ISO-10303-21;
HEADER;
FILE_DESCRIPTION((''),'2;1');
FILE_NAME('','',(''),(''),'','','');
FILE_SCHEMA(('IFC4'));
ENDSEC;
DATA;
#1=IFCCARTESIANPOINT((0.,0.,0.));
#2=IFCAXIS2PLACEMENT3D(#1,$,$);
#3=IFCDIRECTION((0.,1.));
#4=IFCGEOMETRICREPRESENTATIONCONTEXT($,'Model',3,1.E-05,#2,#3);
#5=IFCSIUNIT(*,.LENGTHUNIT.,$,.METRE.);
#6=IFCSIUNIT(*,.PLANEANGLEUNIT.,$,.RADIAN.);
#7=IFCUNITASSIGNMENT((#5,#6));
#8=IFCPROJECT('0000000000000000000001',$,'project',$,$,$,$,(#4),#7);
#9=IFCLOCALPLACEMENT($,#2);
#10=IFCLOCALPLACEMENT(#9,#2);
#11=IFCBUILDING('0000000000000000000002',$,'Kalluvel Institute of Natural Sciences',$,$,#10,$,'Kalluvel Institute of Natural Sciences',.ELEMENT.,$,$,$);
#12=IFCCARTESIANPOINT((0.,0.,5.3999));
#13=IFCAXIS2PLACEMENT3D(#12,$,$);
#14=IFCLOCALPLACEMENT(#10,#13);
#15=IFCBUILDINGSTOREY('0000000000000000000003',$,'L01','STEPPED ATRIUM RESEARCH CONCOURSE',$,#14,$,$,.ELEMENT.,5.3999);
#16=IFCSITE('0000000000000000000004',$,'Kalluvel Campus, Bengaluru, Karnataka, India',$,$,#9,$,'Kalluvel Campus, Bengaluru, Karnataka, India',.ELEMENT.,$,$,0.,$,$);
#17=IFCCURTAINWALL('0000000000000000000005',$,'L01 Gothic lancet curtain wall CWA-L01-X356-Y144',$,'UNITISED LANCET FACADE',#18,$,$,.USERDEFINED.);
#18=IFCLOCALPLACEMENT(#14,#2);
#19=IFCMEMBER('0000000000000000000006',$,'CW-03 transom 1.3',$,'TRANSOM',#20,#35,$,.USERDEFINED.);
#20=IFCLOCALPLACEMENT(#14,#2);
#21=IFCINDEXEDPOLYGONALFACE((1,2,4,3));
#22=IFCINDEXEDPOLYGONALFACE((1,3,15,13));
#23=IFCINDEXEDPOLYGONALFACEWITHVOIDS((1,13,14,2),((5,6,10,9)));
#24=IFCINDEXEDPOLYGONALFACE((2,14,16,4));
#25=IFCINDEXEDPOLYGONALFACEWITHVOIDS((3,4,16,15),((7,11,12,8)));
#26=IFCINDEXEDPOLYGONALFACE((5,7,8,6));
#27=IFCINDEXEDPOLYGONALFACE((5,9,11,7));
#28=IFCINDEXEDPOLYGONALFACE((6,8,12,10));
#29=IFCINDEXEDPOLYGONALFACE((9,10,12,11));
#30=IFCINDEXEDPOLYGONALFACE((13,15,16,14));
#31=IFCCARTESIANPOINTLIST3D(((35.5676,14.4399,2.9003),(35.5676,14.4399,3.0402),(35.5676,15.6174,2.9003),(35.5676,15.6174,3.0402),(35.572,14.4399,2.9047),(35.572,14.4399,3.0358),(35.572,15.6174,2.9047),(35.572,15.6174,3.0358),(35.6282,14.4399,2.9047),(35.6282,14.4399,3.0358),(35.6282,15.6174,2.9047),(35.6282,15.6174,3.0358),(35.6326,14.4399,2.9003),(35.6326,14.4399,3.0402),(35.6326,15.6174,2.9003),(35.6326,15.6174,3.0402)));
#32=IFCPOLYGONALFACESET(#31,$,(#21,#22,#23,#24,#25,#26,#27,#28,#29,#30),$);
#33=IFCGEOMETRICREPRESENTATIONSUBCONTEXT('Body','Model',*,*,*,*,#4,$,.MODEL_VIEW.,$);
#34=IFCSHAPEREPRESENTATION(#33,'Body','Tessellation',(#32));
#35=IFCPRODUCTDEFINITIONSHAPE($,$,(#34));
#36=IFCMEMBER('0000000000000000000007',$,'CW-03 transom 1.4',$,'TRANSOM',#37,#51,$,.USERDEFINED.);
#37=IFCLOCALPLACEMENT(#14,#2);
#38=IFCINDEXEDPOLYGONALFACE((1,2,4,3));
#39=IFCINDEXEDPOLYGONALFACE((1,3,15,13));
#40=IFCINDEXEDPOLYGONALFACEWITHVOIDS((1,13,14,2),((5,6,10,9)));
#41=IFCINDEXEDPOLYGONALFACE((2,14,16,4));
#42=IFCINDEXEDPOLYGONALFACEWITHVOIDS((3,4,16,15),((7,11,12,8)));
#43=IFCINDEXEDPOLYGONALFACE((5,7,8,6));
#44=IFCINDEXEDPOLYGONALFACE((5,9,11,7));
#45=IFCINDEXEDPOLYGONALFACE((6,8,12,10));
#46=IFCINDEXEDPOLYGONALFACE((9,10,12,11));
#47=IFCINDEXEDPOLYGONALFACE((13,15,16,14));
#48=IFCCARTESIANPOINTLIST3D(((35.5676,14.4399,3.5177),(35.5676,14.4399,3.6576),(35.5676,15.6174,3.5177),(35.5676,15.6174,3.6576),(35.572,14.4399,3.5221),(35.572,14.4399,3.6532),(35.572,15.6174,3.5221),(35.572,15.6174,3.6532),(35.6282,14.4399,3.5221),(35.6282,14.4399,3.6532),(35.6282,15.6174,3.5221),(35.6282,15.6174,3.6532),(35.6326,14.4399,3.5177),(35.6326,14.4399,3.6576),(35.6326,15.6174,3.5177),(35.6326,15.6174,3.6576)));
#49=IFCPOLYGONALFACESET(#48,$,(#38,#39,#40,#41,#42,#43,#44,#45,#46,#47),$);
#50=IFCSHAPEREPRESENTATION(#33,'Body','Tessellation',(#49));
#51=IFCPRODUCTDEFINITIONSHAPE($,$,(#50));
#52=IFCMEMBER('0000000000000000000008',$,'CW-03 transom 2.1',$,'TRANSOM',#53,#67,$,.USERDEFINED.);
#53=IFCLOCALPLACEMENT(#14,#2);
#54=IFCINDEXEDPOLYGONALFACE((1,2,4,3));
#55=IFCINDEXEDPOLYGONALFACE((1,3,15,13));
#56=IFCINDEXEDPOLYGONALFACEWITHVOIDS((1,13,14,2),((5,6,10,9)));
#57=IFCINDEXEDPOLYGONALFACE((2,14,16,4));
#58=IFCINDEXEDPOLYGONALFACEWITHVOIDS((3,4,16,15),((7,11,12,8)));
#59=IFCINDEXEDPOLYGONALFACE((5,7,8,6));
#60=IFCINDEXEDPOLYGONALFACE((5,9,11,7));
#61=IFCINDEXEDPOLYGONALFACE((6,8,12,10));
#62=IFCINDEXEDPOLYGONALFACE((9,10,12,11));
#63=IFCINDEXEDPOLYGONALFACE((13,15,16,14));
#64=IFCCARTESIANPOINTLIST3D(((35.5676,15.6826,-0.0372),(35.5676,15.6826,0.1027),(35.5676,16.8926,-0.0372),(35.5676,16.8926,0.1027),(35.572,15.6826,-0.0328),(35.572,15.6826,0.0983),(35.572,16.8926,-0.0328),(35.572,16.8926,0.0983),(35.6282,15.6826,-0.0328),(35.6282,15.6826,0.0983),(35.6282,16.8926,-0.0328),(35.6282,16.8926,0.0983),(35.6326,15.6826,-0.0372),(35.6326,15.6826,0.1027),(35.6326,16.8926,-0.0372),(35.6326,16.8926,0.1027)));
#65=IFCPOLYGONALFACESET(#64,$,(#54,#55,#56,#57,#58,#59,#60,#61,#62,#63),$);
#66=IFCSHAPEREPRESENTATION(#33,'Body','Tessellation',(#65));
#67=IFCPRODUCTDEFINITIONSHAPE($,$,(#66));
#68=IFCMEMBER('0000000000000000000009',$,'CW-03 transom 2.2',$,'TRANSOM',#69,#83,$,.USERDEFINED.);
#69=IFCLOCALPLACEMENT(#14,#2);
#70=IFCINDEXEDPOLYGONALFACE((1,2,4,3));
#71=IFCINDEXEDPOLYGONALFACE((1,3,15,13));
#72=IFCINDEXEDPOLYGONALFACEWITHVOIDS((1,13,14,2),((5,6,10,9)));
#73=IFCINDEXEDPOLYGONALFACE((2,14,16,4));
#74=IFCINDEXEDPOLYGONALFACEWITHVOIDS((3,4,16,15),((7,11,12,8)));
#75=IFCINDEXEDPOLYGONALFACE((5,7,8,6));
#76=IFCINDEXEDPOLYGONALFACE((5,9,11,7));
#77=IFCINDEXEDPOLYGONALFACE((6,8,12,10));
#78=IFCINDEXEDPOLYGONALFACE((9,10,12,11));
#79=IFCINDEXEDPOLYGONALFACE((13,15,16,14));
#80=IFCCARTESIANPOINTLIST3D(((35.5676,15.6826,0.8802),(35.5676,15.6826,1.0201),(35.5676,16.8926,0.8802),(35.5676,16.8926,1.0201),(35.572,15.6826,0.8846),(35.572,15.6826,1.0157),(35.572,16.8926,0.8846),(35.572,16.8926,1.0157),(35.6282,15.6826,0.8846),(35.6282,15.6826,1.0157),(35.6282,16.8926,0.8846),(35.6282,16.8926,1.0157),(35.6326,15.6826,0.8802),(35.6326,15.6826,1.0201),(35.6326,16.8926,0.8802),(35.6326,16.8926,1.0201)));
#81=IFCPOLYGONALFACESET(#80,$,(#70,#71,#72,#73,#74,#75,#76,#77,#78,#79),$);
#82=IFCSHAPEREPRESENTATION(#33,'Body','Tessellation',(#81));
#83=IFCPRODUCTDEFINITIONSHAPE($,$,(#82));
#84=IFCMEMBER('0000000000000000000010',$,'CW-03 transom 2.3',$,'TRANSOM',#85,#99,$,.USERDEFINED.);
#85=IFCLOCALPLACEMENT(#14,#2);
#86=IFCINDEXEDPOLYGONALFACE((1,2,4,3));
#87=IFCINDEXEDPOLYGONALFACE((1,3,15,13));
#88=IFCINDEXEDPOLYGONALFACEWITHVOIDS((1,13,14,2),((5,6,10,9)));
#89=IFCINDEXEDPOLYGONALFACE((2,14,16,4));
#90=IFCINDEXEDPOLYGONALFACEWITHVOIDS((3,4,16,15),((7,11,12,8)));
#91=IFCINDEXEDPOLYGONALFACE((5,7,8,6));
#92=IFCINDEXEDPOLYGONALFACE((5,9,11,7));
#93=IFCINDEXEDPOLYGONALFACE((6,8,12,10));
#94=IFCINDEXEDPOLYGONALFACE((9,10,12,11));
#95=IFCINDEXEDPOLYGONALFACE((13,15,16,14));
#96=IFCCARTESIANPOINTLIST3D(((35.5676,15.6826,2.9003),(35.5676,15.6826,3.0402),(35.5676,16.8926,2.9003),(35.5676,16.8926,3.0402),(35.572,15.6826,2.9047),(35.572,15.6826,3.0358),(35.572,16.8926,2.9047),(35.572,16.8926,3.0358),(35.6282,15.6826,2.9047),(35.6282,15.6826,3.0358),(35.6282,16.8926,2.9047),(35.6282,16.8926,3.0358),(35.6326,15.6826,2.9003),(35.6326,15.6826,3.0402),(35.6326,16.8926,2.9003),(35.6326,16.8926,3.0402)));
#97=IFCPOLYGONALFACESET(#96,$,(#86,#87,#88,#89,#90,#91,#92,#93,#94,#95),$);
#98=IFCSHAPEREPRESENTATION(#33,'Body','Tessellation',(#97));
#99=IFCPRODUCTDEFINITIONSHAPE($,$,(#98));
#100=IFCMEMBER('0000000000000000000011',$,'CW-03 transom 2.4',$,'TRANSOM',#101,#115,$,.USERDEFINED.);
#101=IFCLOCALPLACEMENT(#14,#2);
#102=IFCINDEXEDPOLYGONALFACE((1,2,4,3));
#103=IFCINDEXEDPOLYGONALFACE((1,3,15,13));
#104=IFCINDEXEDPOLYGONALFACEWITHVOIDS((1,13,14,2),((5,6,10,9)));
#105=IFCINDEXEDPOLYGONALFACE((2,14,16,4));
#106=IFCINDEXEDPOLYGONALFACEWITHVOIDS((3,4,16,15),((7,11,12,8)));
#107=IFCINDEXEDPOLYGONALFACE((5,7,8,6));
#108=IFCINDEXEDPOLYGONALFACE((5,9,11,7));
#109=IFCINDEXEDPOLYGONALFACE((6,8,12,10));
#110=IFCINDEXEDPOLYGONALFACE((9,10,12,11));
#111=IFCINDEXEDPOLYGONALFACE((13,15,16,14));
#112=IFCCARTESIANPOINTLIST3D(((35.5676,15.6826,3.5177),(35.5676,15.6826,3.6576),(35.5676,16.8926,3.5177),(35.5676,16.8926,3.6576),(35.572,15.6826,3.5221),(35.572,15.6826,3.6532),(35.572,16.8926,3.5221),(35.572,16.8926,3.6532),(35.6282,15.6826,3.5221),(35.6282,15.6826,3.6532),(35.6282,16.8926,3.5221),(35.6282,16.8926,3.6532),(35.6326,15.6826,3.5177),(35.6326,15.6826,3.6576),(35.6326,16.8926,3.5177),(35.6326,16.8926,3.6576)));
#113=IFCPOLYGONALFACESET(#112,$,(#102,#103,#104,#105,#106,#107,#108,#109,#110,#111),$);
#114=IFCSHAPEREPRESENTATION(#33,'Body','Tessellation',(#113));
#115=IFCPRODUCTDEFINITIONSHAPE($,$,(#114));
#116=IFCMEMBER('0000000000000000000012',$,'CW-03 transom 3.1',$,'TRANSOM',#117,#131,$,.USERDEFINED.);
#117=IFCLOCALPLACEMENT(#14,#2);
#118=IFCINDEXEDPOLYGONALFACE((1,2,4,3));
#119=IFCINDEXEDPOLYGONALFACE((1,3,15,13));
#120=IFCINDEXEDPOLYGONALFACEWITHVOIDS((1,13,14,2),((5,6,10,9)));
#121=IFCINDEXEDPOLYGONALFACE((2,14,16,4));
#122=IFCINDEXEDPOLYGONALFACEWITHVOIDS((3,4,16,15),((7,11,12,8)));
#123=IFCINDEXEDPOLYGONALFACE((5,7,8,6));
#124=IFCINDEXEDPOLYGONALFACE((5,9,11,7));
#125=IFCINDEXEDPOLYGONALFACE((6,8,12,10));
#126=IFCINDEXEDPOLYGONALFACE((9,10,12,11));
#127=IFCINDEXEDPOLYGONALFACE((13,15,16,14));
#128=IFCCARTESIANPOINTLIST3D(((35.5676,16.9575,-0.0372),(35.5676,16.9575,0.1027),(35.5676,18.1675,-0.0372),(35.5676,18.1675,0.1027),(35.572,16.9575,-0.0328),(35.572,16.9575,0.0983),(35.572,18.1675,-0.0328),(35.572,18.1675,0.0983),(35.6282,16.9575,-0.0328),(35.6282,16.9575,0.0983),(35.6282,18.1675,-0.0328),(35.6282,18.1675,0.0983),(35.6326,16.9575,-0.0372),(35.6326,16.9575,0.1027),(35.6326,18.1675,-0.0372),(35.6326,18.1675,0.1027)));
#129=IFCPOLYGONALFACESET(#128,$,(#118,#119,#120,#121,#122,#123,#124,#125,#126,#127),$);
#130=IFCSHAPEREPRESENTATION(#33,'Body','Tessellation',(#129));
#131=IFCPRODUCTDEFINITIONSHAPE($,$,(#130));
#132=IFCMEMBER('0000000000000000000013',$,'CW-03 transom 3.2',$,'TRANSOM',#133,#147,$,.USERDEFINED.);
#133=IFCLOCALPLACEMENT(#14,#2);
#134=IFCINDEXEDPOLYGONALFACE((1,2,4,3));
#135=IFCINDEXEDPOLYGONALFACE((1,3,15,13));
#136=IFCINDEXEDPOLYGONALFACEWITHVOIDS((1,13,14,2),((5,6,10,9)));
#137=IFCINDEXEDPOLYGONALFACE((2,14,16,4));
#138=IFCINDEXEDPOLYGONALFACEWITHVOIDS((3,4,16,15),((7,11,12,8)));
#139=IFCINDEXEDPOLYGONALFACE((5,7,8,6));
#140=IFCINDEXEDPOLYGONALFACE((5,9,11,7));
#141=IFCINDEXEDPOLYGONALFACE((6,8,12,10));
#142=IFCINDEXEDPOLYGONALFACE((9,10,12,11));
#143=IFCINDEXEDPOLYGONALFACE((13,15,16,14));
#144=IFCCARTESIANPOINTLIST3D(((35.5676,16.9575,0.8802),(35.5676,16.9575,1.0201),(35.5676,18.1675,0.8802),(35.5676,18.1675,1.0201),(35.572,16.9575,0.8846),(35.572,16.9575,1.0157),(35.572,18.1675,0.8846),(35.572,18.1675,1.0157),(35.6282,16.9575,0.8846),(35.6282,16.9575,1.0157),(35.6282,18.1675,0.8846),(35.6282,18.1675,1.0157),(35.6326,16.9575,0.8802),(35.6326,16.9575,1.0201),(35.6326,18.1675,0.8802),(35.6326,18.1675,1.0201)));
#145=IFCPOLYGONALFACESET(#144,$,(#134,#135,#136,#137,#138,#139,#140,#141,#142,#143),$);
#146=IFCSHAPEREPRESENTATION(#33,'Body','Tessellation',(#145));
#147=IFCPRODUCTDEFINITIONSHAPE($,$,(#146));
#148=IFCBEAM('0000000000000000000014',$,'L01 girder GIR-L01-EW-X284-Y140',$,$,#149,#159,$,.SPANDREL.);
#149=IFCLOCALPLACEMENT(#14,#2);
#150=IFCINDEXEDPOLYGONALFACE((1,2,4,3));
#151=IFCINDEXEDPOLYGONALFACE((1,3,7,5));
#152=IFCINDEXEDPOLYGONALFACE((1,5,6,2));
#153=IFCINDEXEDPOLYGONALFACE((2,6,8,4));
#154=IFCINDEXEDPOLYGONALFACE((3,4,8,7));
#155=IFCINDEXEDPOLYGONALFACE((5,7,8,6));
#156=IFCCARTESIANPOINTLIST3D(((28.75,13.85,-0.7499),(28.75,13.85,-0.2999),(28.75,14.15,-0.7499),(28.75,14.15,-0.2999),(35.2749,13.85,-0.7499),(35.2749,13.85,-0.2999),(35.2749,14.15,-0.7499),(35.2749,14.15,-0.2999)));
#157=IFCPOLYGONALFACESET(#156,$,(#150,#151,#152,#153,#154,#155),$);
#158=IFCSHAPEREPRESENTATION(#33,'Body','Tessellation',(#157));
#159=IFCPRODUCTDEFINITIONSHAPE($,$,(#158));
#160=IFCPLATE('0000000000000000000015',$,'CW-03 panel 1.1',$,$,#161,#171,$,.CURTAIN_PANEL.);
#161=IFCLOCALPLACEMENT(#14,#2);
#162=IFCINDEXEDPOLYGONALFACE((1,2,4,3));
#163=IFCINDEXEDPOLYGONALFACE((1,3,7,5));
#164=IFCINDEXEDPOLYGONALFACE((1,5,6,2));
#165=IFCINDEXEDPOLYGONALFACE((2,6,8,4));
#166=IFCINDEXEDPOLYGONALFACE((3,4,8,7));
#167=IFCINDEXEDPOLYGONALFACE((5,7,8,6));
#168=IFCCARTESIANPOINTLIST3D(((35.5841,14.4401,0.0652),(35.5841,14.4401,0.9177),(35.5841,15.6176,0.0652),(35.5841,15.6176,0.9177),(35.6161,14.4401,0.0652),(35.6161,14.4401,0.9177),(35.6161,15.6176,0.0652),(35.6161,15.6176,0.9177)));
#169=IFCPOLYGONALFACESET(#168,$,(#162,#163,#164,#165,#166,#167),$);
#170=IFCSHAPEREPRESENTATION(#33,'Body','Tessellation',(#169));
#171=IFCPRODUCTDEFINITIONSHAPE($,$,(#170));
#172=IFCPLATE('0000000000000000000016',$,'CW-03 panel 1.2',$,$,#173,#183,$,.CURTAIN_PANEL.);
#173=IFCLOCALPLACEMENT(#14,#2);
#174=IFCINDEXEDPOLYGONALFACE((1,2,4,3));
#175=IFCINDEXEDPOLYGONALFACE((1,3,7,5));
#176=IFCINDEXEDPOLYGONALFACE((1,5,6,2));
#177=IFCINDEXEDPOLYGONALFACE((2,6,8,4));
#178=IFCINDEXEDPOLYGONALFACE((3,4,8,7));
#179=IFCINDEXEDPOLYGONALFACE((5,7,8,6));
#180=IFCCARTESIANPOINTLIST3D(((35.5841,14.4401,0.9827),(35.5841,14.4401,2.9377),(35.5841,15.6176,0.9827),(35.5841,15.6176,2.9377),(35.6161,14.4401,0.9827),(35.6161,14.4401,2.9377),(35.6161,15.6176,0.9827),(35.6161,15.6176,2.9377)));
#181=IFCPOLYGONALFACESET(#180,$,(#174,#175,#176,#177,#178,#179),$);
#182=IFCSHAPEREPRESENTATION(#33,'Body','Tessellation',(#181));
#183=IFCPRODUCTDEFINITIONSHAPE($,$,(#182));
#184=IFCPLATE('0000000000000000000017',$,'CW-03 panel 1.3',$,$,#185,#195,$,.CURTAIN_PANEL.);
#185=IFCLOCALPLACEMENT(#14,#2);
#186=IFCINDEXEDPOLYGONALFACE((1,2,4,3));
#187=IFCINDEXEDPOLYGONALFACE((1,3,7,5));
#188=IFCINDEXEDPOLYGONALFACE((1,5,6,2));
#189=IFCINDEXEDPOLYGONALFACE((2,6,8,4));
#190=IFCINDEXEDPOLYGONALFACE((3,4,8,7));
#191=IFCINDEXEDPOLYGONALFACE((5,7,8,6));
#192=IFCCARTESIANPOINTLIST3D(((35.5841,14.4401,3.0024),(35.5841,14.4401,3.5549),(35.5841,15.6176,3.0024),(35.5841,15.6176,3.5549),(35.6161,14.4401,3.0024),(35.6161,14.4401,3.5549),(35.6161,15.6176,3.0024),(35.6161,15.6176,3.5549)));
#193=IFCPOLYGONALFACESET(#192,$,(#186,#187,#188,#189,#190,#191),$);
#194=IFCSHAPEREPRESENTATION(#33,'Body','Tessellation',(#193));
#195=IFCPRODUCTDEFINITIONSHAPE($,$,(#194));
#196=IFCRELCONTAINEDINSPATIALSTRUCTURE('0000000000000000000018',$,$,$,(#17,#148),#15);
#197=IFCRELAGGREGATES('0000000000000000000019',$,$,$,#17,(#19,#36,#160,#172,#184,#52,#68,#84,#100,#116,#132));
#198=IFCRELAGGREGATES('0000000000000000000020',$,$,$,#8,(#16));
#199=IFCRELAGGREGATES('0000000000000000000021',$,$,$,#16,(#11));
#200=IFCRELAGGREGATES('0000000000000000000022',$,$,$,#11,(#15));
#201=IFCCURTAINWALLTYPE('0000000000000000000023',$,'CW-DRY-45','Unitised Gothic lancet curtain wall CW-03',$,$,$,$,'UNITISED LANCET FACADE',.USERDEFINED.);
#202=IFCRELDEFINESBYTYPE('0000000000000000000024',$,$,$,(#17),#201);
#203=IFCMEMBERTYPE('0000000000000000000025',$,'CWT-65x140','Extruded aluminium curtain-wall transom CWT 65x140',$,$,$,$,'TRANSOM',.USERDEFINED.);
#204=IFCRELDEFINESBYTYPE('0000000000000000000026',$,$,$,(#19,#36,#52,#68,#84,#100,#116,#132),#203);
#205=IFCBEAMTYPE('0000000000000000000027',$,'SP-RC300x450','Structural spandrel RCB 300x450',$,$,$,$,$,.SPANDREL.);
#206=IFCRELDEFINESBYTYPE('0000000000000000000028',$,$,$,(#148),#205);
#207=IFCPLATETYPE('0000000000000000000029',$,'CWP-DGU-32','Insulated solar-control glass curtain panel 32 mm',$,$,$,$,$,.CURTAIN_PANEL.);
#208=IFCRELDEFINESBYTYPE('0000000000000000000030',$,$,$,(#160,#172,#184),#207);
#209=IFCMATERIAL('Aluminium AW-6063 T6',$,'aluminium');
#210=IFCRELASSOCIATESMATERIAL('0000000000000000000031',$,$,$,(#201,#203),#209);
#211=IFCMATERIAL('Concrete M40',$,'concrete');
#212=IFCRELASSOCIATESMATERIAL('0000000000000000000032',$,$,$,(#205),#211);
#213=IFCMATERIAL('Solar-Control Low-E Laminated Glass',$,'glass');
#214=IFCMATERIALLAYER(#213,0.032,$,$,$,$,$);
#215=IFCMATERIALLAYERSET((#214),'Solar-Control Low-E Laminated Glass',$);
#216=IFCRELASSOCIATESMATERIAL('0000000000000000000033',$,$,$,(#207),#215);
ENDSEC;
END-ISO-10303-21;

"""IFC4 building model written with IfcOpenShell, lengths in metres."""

from ifc_helpers import new_model, si_unit, direction, frame, origin, origin_2d, place, context, subcontext, project, spatial, rectangle, hollow_rectangle, extrude, material, layer, layer_set, material_profile, profile_set, type_object, element, aggregate, save


model = new_model("IFC4")

# Units and contexts
model_context = context("Model", 3, precision=1e-05, world=origin(), true_north=direction((0.0, 1.0)))
body_context = subcontext(model_context, "Body", "Model", "MODEL_VIEW")
ifc_project = project(units=[si_unit("LENGTHUNIT", "METRE"), si_unit("PLANEANGLEUNIT", "RADIAN")], contexts=[model_context])

# Site, building, storey
site_placement = place(None, origin())
site = spatial("IfcSite", under=ifc_project, at=site_placement, Name="Kalluvel Campus, Bengaluru, Karnataka, India", LongName="Kalluvel Campus, Bengaluru, Karnataka, India", CompositionType="ELEMENT", RefElevation=0.0)
building_placement = place(site_placement, origin())
building = spatial("IfcBuilding", under=site, at=building_placement, Name="Kalluvel Institute of Natural Sciences", LongName="Kalluvel Institute of Natural Sciences", CompositionType="ELEMENT")
storey_placement = place(building_placement, frame((0.0, 0.0, 5.3999)))
storey = spatial("IfcBuildingStorey", under=building, at=storey_placement, Name="L01", Description="STEPPED ATRIUM RESEARCH CONCOURSE", CompositionType="ELEMENT", Elevation=5.3999)

# Shared definitions
ifc_material_1 = material(Name="Concrete M40", Category="concrete")

# Curtain wall, members
ifc_material_2 = material(Name="Aluminium AW-6063 T6", Category="aluminium")
curtain_wall_type = type_object("IfcCurtainWallType", Name="CW-DRY-45", Description="Unitised Gothic lancet curtain wall CW-03", ElementType="UNITISED LANCET FACADE", PredefinedType="USERDEFINED", material=ifc_material_2)
curtain_wall_placement = place(storey_placement, origin())
curtain_wall = element("IfcCurtainWall", 1, at=curtain_wall_placement, inside=storey, type_object=curtain_wall_type, Name="L01 Gothic lancet curtain wall CWA-L01-X356-Y144", ObjectType="UNITISED LANCET FACADE", PredefinedType="USERDEFINED")
ifc_material_profile_1 = material_profile(ifc_material_2, hollow_rectangle(XDim=0.0649, YDim=0.1399, WallThickness=0.0044, at=origin_2d()), Name="CWT 65x140")
ifc_profile_set_1 = profile_set([ifc_material_profile_1], Name="Aluminium AW-6063 T6")
member_type_1 = type_object("IfcMemberType", Name="CWT-65x140", Description="Extruded aluminium curtain-wall transom CWT 65x140", ElementType="TRANSOM", PredefinedType="USERDEFINED", material=ifc_profile_set_1)
member_1_placement = place(storey_placement, frame((35.6001, 14.4399, 2.9702), z_axis=(0.0, 1.0, 0.0), x_axis=(-1.0, 0.0, 0.0)))
member_1 = element("IfcMember", 2, at=member_1_placement, type_object=member_type_1, Name="CW-03 transom 1.3", ObjectType="TRANSOM", PredefinedType="USERDEFINED", context=body_context, shape_type="SweptSolid", body=[
    extrude(hollow_rectangle(XDim=0.0649, YDim=0.1399, WallThickness=0.0044, at=origin_2d()), origin(), (0.0, 0.0, 1.0), 1.1775),
])
member_2_placement = place(storey_placement, frame((35.6001, 14.4399, 3.5876), z_axis=(0.0, 1.0, 0.0), x_axis=(-1.0, 0.0, 0.0)))
member_2 = element("IfcMember", 3, at=member_2_placement, type_object=member_type_1, Name="CW-03 transom 1.4", ObjectType="TRANSOM", PredefinedType="USERDEFINED", context=body_context, shape_type="SweptSolid", body=[
    extrude(hollow_rectangle(XDim=0.0649, YDim=0.1399, WallThickness=0.0044, at=origin_2d()), origin(), (0.0, 0.0, 1.0), 1.1775),
])
member_3_placement = place(storey_placement, frame((35.6001, 15.6826, 0.0327), z_axis=(0.0, 1.0, 0.0), x_axis=(-1.0, 0.0, 0.0)))
member_3 = element("IfcMember", 4, at=member_3_placement, type_object=member_type_1, Name="CW-03 transom 2.1", ObjectType="TRANSOM", PredefinedType="USERDEFINED", context=body_context, shape_type="SweptSolid", body=[
    extrude(hollow_rectangle(XDim=0.0649, YDim=0.1399, WallThickness=0.0044, at=origin_2d()), origin(), (0.0, 0.0, 1.0), 1.21),
])
member_4_placement = place(storey_placement, frame((35.6001, 15.6826, 0.9502), z_axis=(0.0, 1.0, 0.0), x_axis=(-1.0, 0.0, 0.0)))
member_4 = element("IfcMember", 5, at=member_4_placement, type_object=member_type_1, Name="CW-03 transom 2.2", ObjectType="TRANSOM", PredefinedType="USERDEFINED", context=body_context, shape_type="SweptSolid", body=[
    extrude(hollow_rectangle(XDim=0.0649, YDim=0.1399, WallThickness=0.0044, at=origin_2d()), origin(), (0.0, 0.0, 1.0), 1.21),
])
member_5_placement = place(storey_placement, frame((35.6001, 15.6826, 2.9702), z_axis=(0.0, 1.0, 0.0), x_axis=(-1.0, 0.0, 0.0)))
member_5 = element("IfcMember", 6, at=member_5_placement, type_object=member_type_1, Name="CW-03 transom 2.3", ObjectType="TRANSOM", PredefinedType="USERDEFINED", context=body_context, shape_type="SweptSolid", body=[
    extrude(hollow_rectangle(XDim=0.0649, YDim=0.1399, WallThickness=0.0044, at=origin_2d()), origin(), (0.0, 0.0, 1.0), 1.21),
])
member_6_placement = place(storey_placement, frame((35.6001, 15.6826, 3.5876), z_axis=(0.0, 1.0, 0.0), x_axis=(-1.0, 0.0, 0.0)))
member_6 = element("IfcMember", 7, at=member_6_placement, type_object=member_type_1, Name="CW-03 transom 2.4", ObjectType="TRANSOM", PredefinedType="USERDEFINED", context=body_context, shape_type="SweptSolid", body=[
    extrude(hollow_rectangle(XDim=0.0649, YDim=0.1399, WallThickness=0.0044, at=origin_2d()), origin(), (0.0, 0.0, 1.0), 1.21),
])
member_7_placement = place(storey_placement, frame((35.6001, 16.9575, 0.0327), z_axis=(0.0, 1.0, 0.0), x_axis=(-1.0, 0.0, 0.0)))
member_7 = element("IfcMember", 8, at=member_7_placement, type_object=member_type_1, Name="CW-03 transom 3.1", ObjectType="TRANSOM", PredefinedType="USERDEFINED", context=body_context, shape_type="SweptSolid", body=[
    extrude(hollow_rectangle(XDim=0.0649, YDim=0.1399, WallThickness=0.0044, at=origin_2d()), origin(), (0.0, 0.0, 1.0), 1.21),
])
member_8_placement = place(storey_placement, frame((35.6001, 16.9575, 0.9502), z_axis=(0.0, 1.0, 0.0), x_axis=(-1.0, 0.0, 0.0)))
member_8 = element("IfcMember", 9, at=member_8_placement, type_object=member_type_1, Name="CW-03 transom 3.2", ObjectType="TRANSOM", PredefinedType="USERDEFINED", context=body_context, shape_type="SweptSolid", body=[
    extrude(hollow_rectangle(XDim=0.0649, YDim=0.1399, WallThickness=0.0044, at=origin_2d()), origin(), (0.0, 0.0, 1.0), 1.21),
])

# Beam
ifc_material_profile_2 = material_profile(ifc_material_1, rectangle(XDim=0.3, YDim=0.45, at=origin_2d()), Name="RCB 300x450")
ifc_profile_set_2 = profile_set([ifc_material_profile_2], Name="Concrete M40")
beam_type_1 = type_object("IfcBeamType", Name="SP-RC300x450", Description="Structural spandrel RCB 300x450", PredefinedType="SPANDREL", material=ifc_profile_set_2)
beam_1_placement = place(storey_placement, frame((28.75, 14.0, -0.5249), z_axis=(1.0, 0.0, 0.0), x_axis=(0.0, 1.0, 0.0)))
element("IfcBeam", 10, at=beam_1_placement, inside=storey, type_object=beam_type_1, Name="L01 girder GIR-L01-EW-X284-Y140", PredefinedType="SPANDREL", context=body_context, shape_type="SweptSolid", body=[
    extrude(rectangle(XDim=0.3, YDim=0.45, at=origin_2d()), origin(), (0.0, 0.0, 1.0), 6.5249),
])

# Plates
ifc_material_3 = material(Name="Solar-Control Low-E Laminated Glass", Category="glass")
ifc_layer_1 = layer(ifc_material_3, 0.032)
ifc_layer_set_1 = layer_set([ifc_layer_1], Name="Solar-Control Low-E Laminated Glass")
plate_type = type_object("IfcPlateType", Name="CWP-DGU-32", Description="Insulated solar-control glass curtain panel 32 mm", PredefinedType="CURTAIN_PANEL", material=ifc_layer_set_1)
plate_1_placement = place(storey_placement, frame((35.6001, 15.0288, 0.0652), z_axis=(0.0, 0.0, 1.0), x_axis=(0.0, 1.0, 0.0)))
plate_1 = element("IfcPlate", 11, at=plate_1_placement, type_object=plate_type, Name="CW-03 panel 1.1", PredefinedType="CURTAIN_PANEL", context=body_context, shape_type="SweptSolid", body=[
    extrude(rectangle(XDim=1.1775, YDim=0.032, at=origin_2d()), origin(), (0.0, 0.0, 1.0), 0.8525),
])
plate_2_placement = place(storey_placement, frame((35.6001, 15.0288, 0.9827), z_axis=(0.0, 0.0, 1.0), x_axis=(0.0, 1.0, 0.0)))
plate_2 = element("IfcPlate", 12, at=plate_2_placement, type_object=plate_type, Name="CW-03 panel 1.2", PredefinedType="CURTAIN_PANEL", context=body_context, shape_type="SweptSolid", body=[
    extrude(rectangle(XDim=1.1775, YDim=0.032, at=origin_2d()), origin(), (0.0, 0.0, 1.0), 1.9551),
])
plate_3_placement = place(storey_placement, frame((35.6001, 15.0288, 3.0024), z_axis=(0.0, 0.0, 1.0), x_axis=(0.0, 1.0, 0.0)))
plate_3 = element("IfcPlate", 13, at=plate_3_placement, type_object=plate_type, Name="CW-03 panel 1.3", PredefinedType="CURTAIN_PANEL", context=body_context, shape_type="SweptSolid", body=[
    extrude(rectangle(XDim=1.1775, YDim=0.032, at=origin_2d()), origin(), (0.0, 0.0, 1.0), 0.5525),
])
aggregate(curtain_wall, [member_1, member_2, plate_1, plate_2, plate_3, member_3, member_4, member_5, member_6, member_7, member_8])

save(model, "model.ifc")
